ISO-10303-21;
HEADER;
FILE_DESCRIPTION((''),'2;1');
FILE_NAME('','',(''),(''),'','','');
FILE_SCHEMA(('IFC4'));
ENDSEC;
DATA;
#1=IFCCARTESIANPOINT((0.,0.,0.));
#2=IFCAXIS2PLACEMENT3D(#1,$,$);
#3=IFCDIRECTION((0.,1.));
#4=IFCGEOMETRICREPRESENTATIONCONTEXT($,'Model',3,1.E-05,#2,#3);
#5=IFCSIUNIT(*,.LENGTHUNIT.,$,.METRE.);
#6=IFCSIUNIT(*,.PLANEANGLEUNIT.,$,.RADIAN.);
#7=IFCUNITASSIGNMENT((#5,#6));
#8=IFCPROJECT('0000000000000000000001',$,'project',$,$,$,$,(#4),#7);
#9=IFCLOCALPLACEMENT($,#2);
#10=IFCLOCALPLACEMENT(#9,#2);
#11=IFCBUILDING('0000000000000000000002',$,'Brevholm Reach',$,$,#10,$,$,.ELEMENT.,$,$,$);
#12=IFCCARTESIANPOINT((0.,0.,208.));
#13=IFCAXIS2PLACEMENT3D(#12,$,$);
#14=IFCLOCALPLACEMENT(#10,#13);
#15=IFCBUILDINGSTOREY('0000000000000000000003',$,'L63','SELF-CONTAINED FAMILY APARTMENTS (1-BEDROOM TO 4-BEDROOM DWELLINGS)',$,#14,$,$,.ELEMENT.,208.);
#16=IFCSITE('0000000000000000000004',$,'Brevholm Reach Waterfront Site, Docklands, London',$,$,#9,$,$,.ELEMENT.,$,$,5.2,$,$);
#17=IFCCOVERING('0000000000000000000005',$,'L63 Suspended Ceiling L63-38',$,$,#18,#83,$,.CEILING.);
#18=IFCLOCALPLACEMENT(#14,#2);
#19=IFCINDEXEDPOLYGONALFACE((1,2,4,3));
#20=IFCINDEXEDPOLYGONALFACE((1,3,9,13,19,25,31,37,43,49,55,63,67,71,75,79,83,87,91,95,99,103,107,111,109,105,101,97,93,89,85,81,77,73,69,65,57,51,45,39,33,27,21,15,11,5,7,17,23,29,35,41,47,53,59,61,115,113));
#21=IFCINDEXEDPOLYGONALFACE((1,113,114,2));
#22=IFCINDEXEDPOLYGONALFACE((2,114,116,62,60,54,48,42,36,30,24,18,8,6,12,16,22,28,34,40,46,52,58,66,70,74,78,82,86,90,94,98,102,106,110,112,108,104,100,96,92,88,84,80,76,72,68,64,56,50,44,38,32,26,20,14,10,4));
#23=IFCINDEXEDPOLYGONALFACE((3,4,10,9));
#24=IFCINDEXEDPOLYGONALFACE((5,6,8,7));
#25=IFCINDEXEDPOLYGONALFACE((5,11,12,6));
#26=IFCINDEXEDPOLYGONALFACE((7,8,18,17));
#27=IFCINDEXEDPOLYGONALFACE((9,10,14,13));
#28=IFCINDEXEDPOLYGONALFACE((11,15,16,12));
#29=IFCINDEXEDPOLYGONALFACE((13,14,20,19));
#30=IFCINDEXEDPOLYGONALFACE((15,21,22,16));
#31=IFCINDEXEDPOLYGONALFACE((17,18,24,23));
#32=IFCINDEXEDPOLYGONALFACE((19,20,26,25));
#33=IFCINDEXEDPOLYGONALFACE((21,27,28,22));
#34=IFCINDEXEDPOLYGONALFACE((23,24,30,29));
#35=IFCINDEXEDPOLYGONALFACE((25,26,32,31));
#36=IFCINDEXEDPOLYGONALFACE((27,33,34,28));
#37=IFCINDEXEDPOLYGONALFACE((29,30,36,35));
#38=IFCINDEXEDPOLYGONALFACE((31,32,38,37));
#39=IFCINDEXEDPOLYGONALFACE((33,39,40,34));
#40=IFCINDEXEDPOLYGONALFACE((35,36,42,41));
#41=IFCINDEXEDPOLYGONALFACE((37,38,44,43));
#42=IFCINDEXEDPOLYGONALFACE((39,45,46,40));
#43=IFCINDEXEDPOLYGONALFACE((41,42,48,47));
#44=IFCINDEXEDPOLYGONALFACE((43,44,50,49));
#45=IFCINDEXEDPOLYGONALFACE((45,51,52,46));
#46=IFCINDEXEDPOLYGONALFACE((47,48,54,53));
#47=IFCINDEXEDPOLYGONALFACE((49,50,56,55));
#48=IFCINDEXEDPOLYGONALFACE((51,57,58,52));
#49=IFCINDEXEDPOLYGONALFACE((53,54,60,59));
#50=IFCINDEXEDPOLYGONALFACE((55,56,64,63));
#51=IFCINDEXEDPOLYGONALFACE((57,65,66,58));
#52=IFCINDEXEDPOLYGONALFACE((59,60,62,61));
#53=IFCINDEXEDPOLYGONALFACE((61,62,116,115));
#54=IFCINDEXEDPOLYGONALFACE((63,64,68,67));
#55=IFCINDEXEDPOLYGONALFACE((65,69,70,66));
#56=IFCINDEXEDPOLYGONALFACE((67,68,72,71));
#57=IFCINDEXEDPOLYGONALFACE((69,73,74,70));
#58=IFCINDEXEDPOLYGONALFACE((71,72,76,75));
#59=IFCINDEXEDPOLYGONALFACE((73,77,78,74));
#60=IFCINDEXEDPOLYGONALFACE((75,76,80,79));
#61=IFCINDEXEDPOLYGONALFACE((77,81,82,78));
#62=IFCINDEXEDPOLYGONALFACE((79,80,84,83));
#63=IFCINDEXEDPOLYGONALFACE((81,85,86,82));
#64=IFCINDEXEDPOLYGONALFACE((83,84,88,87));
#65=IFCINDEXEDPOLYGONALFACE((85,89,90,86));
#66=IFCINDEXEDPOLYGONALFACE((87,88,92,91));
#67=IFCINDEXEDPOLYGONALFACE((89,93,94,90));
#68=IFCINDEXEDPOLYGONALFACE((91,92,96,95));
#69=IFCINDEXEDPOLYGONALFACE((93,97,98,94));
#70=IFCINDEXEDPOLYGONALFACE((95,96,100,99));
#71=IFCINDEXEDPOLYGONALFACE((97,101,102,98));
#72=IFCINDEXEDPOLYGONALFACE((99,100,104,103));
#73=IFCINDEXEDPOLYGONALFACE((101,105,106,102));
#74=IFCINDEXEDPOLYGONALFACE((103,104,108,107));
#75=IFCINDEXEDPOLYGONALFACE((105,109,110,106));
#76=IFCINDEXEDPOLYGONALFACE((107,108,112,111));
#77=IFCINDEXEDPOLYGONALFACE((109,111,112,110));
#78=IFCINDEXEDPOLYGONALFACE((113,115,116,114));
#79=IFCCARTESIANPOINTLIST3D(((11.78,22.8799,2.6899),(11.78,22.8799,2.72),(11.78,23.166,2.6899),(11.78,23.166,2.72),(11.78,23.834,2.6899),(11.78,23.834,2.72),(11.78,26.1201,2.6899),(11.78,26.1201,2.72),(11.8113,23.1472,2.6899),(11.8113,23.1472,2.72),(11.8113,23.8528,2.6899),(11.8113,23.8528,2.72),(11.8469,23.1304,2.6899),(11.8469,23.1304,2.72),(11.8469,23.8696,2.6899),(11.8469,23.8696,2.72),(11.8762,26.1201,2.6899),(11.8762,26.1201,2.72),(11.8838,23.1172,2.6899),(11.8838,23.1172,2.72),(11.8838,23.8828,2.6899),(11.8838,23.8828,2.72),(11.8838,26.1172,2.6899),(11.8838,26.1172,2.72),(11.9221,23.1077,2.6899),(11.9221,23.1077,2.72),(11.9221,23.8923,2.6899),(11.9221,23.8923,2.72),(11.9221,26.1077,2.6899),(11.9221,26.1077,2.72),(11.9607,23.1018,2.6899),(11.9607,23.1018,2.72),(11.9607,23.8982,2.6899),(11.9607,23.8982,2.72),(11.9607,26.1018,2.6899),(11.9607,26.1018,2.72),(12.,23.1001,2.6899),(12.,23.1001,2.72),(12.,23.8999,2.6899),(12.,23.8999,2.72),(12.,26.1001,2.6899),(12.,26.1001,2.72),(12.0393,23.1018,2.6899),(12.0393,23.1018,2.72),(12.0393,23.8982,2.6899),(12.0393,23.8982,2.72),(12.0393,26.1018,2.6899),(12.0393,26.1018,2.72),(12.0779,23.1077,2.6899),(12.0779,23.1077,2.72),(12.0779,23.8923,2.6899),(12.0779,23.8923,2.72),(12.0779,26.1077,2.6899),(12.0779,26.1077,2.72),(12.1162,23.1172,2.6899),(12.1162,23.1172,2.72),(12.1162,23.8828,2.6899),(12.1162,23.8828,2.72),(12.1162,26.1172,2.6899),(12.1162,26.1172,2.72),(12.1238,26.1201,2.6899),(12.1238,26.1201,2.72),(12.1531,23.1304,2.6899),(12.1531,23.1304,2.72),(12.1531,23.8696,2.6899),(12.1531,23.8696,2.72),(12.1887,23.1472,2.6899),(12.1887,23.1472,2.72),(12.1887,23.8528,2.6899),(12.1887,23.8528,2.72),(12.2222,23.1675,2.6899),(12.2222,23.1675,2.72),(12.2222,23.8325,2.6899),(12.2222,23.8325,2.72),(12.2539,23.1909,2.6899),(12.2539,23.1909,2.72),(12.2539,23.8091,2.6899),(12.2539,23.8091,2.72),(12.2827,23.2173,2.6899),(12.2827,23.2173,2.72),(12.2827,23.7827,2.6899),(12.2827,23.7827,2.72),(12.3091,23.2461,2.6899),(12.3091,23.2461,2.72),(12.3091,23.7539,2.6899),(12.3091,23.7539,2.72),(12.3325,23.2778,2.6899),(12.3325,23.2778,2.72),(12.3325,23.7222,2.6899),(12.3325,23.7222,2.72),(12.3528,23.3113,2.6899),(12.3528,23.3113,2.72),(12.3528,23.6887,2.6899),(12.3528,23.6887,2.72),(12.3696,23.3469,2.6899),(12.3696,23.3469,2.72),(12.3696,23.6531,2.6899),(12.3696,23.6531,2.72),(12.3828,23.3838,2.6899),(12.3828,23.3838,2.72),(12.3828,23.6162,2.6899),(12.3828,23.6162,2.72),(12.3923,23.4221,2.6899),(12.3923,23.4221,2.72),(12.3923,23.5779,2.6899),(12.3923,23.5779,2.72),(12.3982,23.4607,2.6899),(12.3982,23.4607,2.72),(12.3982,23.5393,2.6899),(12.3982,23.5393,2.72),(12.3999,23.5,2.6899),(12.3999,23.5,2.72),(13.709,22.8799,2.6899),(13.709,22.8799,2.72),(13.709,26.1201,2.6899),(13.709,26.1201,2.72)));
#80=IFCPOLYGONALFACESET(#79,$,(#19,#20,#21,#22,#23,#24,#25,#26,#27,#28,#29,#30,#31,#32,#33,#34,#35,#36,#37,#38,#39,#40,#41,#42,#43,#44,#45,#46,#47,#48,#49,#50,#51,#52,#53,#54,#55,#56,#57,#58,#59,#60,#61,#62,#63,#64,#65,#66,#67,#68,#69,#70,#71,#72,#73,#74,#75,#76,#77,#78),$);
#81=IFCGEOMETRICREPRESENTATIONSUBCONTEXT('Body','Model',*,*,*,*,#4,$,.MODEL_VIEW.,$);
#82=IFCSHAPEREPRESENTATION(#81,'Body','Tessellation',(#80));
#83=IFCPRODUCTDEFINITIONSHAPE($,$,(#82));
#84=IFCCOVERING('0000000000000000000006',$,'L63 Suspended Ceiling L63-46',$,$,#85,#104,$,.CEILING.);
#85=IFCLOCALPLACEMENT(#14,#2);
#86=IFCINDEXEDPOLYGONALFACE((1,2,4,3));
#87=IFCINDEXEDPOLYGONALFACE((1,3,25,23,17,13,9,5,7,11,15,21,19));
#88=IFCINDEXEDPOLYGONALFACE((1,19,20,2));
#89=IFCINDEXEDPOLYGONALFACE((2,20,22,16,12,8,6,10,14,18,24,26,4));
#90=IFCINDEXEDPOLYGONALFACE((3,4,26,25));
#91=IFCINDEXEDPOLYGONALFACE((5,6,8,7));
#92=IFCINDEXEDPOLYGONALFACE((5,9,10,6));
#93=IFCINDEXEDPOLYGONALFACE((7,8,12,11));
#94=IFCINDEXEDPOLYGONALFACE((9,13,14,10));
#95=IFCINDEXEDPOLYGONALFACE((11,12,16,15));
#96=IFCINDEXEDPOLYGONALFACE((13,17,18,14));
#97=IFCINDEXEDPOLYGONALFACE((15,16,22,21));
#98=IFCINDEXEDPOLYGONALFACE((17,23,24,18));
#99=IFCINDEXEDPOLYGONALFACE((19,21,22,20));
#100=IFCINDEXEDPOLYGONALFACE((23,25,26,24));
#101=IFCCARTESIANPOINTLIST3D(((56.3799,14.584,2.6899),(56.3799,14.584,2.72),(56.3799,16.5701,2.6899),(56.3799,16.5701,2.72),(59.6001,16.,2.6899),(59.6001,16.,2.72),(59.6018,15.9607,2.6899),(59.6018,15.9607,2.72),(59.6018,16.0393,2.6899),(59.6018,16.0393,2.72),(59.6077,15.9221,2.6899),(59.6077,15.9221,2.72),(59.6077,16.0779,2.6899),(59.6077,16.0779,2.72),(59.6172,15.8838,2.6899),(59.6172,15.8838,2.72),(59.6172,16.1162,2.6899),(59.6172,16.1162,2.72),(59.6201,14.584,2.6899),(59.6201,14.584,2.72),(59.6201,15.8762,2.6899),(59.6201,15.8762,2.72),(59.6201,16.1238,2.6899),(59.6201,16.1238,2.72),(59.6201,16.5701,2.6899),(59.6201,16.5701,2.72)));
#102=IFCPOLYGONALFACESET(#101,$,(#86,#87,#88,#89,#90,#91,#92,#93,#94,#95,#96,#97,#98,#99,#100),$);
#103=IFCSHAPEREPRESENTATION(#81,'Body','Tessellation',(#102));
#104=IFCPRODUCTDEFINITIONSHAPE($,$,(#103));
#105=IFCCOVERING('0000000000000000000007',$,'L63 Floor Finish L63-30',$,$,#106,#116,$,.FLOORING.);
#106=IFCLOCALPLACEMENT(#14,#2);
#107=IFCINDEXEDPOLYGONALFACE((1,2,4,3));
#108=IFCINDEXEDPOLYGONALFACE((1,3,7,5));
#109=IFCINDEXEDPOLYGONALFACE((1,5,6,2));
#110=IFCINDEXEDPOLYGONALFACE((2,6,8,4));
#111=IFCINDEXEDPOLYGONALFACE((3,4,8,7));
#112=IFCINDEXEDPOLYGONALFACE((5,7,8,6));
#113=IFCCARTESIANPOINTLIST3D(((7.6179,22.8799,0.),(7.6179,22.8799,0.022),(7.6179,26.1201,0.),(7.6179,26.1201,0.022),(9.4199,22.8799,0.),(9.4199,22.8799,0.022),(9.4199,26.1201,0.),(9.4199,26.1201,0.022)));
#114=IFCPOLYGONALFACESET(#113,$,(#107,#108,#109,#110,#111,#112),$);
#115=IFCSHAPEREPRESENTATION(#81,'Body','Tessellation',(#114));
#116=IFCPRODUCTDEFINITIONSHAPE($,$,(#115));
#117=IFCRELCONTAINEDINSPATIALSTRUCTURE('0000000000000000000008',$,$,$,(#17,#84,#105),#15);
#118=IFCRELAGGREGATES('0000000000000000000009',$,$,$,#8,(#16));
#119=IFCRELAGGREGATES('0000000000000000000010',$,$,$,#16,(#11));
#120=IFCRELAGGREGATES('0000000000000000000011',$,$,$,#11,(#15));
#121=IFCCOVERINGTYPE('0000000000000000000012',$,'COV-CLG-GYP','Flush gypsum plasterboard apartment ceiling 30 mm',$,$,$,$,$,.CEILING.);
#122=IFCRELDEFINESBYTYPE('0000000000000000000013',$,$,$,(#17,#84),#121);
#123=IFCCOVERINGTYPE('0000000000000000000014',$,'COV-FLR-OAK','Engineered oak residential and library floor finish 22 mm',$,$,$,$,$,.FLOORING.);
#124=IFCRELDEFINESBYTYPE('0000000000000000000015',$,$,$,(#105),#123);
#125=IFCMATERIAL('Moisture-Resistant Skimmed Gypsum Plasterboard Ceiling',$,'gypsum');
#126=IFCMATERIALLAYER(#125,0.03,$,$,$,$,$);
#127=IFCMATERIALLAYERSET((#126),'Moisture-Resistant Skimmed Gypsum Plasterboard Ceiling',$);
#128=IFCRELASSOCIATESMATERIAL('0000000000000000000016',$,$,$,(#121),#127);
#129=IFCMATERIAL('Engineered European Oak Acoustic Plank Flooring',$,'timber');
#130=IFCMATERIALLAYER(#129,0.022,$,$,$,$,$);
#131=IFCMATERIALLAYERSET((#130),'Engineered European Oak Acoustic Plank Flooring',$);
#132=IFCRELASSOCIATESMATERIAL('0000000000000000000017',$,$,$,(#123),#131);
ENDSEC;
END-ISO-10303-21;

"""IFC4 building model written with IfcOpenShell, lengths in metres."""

from ifc_helpers import new_model, si_unit, direction, frame, origin, place, context, subcontext, project, spatial, polyline, outline, extrude, material, layer, layer_set, type_object, element, save


model = new_model("IFC4")

# Units and contexts
model_context = context("Model", 3, precision=1e-05, world=origin(), true_north=direction((0.0, 1.0)))
body_context = subcontext(model_context, "Body", "Model", "MODEL_VIEW")
ifc_project = project(units=[si_unit("LENGTHUNIT", "METRE"), si_unit("PLANEANGLEUNIT", "RADIAN")], contexts=[model_context])

# Site, building, storey
site_placement = place(None, origin())
site = spatial("IfcSite", under=ifc_project, at=site_placement, Name="Brevholm Reach Waterfront Site, Docklands, London", CompositionType="ELEMENT", RefElevation=5.2)
building_placement = place(site_placement, origin())
building = spatial("IfcBuilding", under=site, at=building_placement, Name="Brevholm Reach", CompositionType="ELEMENT")
storey_placement = place(building_placement, frame((0.0, 0.0, 208.0)))
storey = spatial("IfcBuildingStorey", under=building, at=storey_placement, Name="L63", Description="SELF-CONTAINED FAMILY APARTMENTS (1-BEDROOM TO 4-BEDROOM DWELLINGS)", CompositionType="ELEMENT", Elevation=208.0)

# Coverings
ifc_material_1 = material(Name="Moisture-Resistant Skimmed Gypsum Plasterboard Ceiling", Category="gypsum")
ifc_layer_1 = layer(ifc_material_1, 0.03)
ifc_layer_set_1 = layer_set([ifc_layer_1], Name="Moisture-Resistant Skimmed Gypsum Plasterboard Ceiling")
covering_type_1 = type_object("IfcCoveringType", Name="COV-CLG-GYP", Description="Flush gypsum plasterboard apartment ceiling 30 mm", PredefinedType="CEILING", material=ifc_layer_set_1)
covering_1_placement = place(storey_placement, frame((0.0, 0.0, 2.6899)))
element("IfcCovering", 1, at=covering_1_placement, inside=storey, type_object=covering_type_1, Name="L63 Suspended Ceiling L63-38", PredefinedType="CEILING", context=body_context, shape_type="SweptSolid", body=[
    extrude(outline(polyline([(11.78, 23.166), (11.8113, 23.1472), (11.8469, 23.1304), (11.8838, 23.1172), (11.9221, 23.1077), (11.9607, 23.1018), (12.0, 23.1001), (12.0393, 23.1018), (12.0779, 23.1077), (12.1162, 23.1172), (12.1531, 23.1304), (12.1887, 23.1472), (12.2222, 23.1675), (12.2539, 23.1909), (12.2827, 23.2173), (12.3091, 23.2461), (12.3325, 23.2778), (12.3528, 23.3113), (12.3696, 23.3469), (12.3828, 23.3838), (12.3923, 23.4221), (12.3982, 23.4607), (12.3999, 23.5), (12.3982, 23.5393), (12.3923, 23.5779), (12.3828, 23.6162), (12.3696, 23.6531), (12.3528, 23.6887), (12.3325, 23.7222), (12.3091, 23.7539), (12.2827, 23.7827), (12.2539, 23.8091), (12.2222, 23.8325), (12.1887, 23.8528), (12.1531, 23.8696), (12.1162, 23.8828), (12.0779, 23.8923), (12.0393, 23.8982), (12.0, 23.8999), (11.9607, 23.8982), (11.9221, 23.8923), (11.8838, 23.8828), (11.8469, 23.8696), (11.8113, 23.8528), (11.78, 23.834), (11.78, 26.1201), (11.8762, 26.1201), (11.8838, 26.1172), (11.9221, 26.1077), (11.9607, 26.1018), (12.0, 26.1001), (12.0393, 26.1018), (12.0779, 26.1077), (12.1162, 26.1172), (12.1238, 26.1201), (13.709, 26.1201), (13.709, 22.8799), (11.78, 22.8799), (11.78, 23.166)])), origin(), (0.0, 0.0, 1.0), 0.03),
])
covering_2_placement = place(storey_placement, frame((0.0, 0.0, 2.6899)))
element("IfcCovering", 2, at=covering_2_placement, inside=storey, type_object=covering_type_1, Name="L63 Suspended Ceiling L63-46", PredefinedType="CEILING", context=body_context, shape_type="SweptSolid", body=[
    extrude(outline(polyline([(56.3799, 16.5701), (59.6201, 16.5701), (59.6201, 16.1238), (59.6172, 16.1162), (59.6077, 16.0779), (59.6018, 16.0393), (59.6001, 16.0), (59.6018, 15.9607), (59.6077, 15.9221), (59.6172, 15.8838), (59.6201, 15.8762), (59.6201, 14.584), (56.3799, 14.584), (56.3799, 16.5701)])), origin(), (0.0, 0.0, 1.0), 0.03),
])
ifc_material_2 = material(Name="Engineered European Oak Acoustic Plank Flooring", Category="timber")
ifc_layer_2 = layer(ifc_material_2, 0.022)
ifc_layer_set_2 = layer_set([ifc_layer_2], Name="Engineered European Oak Acoustic Plank Flooring")
covering_type_2 = type_object("IfcCoveringType", Name="COV-FLR-OAK", Description="Engineered oak residential and library floor finish 22 mm", PredefinedType="FLOORING", material=ifc_layer_set_2)
covering_3_placement = place(storey_placement, origin())
element("IfcCovering", 3, at=covering_3_placement, inside=storey, type_object=covering_type_2, Name="L63 Floor Finish L63-30", PredefinedType="FLOORING", context=body_context, shape_type="SweptSolid", body=[
    extrude(outline(polyline([(7.6179, 26.1201), (9.4199, 26.1201), (9.4199, 22.8799), (7.6179, 22.8799), (7.6179, 26.1201)])), origin(), (0.0, 0.0, 1.0), 0.022),
])

save(model, "model.ifc")
